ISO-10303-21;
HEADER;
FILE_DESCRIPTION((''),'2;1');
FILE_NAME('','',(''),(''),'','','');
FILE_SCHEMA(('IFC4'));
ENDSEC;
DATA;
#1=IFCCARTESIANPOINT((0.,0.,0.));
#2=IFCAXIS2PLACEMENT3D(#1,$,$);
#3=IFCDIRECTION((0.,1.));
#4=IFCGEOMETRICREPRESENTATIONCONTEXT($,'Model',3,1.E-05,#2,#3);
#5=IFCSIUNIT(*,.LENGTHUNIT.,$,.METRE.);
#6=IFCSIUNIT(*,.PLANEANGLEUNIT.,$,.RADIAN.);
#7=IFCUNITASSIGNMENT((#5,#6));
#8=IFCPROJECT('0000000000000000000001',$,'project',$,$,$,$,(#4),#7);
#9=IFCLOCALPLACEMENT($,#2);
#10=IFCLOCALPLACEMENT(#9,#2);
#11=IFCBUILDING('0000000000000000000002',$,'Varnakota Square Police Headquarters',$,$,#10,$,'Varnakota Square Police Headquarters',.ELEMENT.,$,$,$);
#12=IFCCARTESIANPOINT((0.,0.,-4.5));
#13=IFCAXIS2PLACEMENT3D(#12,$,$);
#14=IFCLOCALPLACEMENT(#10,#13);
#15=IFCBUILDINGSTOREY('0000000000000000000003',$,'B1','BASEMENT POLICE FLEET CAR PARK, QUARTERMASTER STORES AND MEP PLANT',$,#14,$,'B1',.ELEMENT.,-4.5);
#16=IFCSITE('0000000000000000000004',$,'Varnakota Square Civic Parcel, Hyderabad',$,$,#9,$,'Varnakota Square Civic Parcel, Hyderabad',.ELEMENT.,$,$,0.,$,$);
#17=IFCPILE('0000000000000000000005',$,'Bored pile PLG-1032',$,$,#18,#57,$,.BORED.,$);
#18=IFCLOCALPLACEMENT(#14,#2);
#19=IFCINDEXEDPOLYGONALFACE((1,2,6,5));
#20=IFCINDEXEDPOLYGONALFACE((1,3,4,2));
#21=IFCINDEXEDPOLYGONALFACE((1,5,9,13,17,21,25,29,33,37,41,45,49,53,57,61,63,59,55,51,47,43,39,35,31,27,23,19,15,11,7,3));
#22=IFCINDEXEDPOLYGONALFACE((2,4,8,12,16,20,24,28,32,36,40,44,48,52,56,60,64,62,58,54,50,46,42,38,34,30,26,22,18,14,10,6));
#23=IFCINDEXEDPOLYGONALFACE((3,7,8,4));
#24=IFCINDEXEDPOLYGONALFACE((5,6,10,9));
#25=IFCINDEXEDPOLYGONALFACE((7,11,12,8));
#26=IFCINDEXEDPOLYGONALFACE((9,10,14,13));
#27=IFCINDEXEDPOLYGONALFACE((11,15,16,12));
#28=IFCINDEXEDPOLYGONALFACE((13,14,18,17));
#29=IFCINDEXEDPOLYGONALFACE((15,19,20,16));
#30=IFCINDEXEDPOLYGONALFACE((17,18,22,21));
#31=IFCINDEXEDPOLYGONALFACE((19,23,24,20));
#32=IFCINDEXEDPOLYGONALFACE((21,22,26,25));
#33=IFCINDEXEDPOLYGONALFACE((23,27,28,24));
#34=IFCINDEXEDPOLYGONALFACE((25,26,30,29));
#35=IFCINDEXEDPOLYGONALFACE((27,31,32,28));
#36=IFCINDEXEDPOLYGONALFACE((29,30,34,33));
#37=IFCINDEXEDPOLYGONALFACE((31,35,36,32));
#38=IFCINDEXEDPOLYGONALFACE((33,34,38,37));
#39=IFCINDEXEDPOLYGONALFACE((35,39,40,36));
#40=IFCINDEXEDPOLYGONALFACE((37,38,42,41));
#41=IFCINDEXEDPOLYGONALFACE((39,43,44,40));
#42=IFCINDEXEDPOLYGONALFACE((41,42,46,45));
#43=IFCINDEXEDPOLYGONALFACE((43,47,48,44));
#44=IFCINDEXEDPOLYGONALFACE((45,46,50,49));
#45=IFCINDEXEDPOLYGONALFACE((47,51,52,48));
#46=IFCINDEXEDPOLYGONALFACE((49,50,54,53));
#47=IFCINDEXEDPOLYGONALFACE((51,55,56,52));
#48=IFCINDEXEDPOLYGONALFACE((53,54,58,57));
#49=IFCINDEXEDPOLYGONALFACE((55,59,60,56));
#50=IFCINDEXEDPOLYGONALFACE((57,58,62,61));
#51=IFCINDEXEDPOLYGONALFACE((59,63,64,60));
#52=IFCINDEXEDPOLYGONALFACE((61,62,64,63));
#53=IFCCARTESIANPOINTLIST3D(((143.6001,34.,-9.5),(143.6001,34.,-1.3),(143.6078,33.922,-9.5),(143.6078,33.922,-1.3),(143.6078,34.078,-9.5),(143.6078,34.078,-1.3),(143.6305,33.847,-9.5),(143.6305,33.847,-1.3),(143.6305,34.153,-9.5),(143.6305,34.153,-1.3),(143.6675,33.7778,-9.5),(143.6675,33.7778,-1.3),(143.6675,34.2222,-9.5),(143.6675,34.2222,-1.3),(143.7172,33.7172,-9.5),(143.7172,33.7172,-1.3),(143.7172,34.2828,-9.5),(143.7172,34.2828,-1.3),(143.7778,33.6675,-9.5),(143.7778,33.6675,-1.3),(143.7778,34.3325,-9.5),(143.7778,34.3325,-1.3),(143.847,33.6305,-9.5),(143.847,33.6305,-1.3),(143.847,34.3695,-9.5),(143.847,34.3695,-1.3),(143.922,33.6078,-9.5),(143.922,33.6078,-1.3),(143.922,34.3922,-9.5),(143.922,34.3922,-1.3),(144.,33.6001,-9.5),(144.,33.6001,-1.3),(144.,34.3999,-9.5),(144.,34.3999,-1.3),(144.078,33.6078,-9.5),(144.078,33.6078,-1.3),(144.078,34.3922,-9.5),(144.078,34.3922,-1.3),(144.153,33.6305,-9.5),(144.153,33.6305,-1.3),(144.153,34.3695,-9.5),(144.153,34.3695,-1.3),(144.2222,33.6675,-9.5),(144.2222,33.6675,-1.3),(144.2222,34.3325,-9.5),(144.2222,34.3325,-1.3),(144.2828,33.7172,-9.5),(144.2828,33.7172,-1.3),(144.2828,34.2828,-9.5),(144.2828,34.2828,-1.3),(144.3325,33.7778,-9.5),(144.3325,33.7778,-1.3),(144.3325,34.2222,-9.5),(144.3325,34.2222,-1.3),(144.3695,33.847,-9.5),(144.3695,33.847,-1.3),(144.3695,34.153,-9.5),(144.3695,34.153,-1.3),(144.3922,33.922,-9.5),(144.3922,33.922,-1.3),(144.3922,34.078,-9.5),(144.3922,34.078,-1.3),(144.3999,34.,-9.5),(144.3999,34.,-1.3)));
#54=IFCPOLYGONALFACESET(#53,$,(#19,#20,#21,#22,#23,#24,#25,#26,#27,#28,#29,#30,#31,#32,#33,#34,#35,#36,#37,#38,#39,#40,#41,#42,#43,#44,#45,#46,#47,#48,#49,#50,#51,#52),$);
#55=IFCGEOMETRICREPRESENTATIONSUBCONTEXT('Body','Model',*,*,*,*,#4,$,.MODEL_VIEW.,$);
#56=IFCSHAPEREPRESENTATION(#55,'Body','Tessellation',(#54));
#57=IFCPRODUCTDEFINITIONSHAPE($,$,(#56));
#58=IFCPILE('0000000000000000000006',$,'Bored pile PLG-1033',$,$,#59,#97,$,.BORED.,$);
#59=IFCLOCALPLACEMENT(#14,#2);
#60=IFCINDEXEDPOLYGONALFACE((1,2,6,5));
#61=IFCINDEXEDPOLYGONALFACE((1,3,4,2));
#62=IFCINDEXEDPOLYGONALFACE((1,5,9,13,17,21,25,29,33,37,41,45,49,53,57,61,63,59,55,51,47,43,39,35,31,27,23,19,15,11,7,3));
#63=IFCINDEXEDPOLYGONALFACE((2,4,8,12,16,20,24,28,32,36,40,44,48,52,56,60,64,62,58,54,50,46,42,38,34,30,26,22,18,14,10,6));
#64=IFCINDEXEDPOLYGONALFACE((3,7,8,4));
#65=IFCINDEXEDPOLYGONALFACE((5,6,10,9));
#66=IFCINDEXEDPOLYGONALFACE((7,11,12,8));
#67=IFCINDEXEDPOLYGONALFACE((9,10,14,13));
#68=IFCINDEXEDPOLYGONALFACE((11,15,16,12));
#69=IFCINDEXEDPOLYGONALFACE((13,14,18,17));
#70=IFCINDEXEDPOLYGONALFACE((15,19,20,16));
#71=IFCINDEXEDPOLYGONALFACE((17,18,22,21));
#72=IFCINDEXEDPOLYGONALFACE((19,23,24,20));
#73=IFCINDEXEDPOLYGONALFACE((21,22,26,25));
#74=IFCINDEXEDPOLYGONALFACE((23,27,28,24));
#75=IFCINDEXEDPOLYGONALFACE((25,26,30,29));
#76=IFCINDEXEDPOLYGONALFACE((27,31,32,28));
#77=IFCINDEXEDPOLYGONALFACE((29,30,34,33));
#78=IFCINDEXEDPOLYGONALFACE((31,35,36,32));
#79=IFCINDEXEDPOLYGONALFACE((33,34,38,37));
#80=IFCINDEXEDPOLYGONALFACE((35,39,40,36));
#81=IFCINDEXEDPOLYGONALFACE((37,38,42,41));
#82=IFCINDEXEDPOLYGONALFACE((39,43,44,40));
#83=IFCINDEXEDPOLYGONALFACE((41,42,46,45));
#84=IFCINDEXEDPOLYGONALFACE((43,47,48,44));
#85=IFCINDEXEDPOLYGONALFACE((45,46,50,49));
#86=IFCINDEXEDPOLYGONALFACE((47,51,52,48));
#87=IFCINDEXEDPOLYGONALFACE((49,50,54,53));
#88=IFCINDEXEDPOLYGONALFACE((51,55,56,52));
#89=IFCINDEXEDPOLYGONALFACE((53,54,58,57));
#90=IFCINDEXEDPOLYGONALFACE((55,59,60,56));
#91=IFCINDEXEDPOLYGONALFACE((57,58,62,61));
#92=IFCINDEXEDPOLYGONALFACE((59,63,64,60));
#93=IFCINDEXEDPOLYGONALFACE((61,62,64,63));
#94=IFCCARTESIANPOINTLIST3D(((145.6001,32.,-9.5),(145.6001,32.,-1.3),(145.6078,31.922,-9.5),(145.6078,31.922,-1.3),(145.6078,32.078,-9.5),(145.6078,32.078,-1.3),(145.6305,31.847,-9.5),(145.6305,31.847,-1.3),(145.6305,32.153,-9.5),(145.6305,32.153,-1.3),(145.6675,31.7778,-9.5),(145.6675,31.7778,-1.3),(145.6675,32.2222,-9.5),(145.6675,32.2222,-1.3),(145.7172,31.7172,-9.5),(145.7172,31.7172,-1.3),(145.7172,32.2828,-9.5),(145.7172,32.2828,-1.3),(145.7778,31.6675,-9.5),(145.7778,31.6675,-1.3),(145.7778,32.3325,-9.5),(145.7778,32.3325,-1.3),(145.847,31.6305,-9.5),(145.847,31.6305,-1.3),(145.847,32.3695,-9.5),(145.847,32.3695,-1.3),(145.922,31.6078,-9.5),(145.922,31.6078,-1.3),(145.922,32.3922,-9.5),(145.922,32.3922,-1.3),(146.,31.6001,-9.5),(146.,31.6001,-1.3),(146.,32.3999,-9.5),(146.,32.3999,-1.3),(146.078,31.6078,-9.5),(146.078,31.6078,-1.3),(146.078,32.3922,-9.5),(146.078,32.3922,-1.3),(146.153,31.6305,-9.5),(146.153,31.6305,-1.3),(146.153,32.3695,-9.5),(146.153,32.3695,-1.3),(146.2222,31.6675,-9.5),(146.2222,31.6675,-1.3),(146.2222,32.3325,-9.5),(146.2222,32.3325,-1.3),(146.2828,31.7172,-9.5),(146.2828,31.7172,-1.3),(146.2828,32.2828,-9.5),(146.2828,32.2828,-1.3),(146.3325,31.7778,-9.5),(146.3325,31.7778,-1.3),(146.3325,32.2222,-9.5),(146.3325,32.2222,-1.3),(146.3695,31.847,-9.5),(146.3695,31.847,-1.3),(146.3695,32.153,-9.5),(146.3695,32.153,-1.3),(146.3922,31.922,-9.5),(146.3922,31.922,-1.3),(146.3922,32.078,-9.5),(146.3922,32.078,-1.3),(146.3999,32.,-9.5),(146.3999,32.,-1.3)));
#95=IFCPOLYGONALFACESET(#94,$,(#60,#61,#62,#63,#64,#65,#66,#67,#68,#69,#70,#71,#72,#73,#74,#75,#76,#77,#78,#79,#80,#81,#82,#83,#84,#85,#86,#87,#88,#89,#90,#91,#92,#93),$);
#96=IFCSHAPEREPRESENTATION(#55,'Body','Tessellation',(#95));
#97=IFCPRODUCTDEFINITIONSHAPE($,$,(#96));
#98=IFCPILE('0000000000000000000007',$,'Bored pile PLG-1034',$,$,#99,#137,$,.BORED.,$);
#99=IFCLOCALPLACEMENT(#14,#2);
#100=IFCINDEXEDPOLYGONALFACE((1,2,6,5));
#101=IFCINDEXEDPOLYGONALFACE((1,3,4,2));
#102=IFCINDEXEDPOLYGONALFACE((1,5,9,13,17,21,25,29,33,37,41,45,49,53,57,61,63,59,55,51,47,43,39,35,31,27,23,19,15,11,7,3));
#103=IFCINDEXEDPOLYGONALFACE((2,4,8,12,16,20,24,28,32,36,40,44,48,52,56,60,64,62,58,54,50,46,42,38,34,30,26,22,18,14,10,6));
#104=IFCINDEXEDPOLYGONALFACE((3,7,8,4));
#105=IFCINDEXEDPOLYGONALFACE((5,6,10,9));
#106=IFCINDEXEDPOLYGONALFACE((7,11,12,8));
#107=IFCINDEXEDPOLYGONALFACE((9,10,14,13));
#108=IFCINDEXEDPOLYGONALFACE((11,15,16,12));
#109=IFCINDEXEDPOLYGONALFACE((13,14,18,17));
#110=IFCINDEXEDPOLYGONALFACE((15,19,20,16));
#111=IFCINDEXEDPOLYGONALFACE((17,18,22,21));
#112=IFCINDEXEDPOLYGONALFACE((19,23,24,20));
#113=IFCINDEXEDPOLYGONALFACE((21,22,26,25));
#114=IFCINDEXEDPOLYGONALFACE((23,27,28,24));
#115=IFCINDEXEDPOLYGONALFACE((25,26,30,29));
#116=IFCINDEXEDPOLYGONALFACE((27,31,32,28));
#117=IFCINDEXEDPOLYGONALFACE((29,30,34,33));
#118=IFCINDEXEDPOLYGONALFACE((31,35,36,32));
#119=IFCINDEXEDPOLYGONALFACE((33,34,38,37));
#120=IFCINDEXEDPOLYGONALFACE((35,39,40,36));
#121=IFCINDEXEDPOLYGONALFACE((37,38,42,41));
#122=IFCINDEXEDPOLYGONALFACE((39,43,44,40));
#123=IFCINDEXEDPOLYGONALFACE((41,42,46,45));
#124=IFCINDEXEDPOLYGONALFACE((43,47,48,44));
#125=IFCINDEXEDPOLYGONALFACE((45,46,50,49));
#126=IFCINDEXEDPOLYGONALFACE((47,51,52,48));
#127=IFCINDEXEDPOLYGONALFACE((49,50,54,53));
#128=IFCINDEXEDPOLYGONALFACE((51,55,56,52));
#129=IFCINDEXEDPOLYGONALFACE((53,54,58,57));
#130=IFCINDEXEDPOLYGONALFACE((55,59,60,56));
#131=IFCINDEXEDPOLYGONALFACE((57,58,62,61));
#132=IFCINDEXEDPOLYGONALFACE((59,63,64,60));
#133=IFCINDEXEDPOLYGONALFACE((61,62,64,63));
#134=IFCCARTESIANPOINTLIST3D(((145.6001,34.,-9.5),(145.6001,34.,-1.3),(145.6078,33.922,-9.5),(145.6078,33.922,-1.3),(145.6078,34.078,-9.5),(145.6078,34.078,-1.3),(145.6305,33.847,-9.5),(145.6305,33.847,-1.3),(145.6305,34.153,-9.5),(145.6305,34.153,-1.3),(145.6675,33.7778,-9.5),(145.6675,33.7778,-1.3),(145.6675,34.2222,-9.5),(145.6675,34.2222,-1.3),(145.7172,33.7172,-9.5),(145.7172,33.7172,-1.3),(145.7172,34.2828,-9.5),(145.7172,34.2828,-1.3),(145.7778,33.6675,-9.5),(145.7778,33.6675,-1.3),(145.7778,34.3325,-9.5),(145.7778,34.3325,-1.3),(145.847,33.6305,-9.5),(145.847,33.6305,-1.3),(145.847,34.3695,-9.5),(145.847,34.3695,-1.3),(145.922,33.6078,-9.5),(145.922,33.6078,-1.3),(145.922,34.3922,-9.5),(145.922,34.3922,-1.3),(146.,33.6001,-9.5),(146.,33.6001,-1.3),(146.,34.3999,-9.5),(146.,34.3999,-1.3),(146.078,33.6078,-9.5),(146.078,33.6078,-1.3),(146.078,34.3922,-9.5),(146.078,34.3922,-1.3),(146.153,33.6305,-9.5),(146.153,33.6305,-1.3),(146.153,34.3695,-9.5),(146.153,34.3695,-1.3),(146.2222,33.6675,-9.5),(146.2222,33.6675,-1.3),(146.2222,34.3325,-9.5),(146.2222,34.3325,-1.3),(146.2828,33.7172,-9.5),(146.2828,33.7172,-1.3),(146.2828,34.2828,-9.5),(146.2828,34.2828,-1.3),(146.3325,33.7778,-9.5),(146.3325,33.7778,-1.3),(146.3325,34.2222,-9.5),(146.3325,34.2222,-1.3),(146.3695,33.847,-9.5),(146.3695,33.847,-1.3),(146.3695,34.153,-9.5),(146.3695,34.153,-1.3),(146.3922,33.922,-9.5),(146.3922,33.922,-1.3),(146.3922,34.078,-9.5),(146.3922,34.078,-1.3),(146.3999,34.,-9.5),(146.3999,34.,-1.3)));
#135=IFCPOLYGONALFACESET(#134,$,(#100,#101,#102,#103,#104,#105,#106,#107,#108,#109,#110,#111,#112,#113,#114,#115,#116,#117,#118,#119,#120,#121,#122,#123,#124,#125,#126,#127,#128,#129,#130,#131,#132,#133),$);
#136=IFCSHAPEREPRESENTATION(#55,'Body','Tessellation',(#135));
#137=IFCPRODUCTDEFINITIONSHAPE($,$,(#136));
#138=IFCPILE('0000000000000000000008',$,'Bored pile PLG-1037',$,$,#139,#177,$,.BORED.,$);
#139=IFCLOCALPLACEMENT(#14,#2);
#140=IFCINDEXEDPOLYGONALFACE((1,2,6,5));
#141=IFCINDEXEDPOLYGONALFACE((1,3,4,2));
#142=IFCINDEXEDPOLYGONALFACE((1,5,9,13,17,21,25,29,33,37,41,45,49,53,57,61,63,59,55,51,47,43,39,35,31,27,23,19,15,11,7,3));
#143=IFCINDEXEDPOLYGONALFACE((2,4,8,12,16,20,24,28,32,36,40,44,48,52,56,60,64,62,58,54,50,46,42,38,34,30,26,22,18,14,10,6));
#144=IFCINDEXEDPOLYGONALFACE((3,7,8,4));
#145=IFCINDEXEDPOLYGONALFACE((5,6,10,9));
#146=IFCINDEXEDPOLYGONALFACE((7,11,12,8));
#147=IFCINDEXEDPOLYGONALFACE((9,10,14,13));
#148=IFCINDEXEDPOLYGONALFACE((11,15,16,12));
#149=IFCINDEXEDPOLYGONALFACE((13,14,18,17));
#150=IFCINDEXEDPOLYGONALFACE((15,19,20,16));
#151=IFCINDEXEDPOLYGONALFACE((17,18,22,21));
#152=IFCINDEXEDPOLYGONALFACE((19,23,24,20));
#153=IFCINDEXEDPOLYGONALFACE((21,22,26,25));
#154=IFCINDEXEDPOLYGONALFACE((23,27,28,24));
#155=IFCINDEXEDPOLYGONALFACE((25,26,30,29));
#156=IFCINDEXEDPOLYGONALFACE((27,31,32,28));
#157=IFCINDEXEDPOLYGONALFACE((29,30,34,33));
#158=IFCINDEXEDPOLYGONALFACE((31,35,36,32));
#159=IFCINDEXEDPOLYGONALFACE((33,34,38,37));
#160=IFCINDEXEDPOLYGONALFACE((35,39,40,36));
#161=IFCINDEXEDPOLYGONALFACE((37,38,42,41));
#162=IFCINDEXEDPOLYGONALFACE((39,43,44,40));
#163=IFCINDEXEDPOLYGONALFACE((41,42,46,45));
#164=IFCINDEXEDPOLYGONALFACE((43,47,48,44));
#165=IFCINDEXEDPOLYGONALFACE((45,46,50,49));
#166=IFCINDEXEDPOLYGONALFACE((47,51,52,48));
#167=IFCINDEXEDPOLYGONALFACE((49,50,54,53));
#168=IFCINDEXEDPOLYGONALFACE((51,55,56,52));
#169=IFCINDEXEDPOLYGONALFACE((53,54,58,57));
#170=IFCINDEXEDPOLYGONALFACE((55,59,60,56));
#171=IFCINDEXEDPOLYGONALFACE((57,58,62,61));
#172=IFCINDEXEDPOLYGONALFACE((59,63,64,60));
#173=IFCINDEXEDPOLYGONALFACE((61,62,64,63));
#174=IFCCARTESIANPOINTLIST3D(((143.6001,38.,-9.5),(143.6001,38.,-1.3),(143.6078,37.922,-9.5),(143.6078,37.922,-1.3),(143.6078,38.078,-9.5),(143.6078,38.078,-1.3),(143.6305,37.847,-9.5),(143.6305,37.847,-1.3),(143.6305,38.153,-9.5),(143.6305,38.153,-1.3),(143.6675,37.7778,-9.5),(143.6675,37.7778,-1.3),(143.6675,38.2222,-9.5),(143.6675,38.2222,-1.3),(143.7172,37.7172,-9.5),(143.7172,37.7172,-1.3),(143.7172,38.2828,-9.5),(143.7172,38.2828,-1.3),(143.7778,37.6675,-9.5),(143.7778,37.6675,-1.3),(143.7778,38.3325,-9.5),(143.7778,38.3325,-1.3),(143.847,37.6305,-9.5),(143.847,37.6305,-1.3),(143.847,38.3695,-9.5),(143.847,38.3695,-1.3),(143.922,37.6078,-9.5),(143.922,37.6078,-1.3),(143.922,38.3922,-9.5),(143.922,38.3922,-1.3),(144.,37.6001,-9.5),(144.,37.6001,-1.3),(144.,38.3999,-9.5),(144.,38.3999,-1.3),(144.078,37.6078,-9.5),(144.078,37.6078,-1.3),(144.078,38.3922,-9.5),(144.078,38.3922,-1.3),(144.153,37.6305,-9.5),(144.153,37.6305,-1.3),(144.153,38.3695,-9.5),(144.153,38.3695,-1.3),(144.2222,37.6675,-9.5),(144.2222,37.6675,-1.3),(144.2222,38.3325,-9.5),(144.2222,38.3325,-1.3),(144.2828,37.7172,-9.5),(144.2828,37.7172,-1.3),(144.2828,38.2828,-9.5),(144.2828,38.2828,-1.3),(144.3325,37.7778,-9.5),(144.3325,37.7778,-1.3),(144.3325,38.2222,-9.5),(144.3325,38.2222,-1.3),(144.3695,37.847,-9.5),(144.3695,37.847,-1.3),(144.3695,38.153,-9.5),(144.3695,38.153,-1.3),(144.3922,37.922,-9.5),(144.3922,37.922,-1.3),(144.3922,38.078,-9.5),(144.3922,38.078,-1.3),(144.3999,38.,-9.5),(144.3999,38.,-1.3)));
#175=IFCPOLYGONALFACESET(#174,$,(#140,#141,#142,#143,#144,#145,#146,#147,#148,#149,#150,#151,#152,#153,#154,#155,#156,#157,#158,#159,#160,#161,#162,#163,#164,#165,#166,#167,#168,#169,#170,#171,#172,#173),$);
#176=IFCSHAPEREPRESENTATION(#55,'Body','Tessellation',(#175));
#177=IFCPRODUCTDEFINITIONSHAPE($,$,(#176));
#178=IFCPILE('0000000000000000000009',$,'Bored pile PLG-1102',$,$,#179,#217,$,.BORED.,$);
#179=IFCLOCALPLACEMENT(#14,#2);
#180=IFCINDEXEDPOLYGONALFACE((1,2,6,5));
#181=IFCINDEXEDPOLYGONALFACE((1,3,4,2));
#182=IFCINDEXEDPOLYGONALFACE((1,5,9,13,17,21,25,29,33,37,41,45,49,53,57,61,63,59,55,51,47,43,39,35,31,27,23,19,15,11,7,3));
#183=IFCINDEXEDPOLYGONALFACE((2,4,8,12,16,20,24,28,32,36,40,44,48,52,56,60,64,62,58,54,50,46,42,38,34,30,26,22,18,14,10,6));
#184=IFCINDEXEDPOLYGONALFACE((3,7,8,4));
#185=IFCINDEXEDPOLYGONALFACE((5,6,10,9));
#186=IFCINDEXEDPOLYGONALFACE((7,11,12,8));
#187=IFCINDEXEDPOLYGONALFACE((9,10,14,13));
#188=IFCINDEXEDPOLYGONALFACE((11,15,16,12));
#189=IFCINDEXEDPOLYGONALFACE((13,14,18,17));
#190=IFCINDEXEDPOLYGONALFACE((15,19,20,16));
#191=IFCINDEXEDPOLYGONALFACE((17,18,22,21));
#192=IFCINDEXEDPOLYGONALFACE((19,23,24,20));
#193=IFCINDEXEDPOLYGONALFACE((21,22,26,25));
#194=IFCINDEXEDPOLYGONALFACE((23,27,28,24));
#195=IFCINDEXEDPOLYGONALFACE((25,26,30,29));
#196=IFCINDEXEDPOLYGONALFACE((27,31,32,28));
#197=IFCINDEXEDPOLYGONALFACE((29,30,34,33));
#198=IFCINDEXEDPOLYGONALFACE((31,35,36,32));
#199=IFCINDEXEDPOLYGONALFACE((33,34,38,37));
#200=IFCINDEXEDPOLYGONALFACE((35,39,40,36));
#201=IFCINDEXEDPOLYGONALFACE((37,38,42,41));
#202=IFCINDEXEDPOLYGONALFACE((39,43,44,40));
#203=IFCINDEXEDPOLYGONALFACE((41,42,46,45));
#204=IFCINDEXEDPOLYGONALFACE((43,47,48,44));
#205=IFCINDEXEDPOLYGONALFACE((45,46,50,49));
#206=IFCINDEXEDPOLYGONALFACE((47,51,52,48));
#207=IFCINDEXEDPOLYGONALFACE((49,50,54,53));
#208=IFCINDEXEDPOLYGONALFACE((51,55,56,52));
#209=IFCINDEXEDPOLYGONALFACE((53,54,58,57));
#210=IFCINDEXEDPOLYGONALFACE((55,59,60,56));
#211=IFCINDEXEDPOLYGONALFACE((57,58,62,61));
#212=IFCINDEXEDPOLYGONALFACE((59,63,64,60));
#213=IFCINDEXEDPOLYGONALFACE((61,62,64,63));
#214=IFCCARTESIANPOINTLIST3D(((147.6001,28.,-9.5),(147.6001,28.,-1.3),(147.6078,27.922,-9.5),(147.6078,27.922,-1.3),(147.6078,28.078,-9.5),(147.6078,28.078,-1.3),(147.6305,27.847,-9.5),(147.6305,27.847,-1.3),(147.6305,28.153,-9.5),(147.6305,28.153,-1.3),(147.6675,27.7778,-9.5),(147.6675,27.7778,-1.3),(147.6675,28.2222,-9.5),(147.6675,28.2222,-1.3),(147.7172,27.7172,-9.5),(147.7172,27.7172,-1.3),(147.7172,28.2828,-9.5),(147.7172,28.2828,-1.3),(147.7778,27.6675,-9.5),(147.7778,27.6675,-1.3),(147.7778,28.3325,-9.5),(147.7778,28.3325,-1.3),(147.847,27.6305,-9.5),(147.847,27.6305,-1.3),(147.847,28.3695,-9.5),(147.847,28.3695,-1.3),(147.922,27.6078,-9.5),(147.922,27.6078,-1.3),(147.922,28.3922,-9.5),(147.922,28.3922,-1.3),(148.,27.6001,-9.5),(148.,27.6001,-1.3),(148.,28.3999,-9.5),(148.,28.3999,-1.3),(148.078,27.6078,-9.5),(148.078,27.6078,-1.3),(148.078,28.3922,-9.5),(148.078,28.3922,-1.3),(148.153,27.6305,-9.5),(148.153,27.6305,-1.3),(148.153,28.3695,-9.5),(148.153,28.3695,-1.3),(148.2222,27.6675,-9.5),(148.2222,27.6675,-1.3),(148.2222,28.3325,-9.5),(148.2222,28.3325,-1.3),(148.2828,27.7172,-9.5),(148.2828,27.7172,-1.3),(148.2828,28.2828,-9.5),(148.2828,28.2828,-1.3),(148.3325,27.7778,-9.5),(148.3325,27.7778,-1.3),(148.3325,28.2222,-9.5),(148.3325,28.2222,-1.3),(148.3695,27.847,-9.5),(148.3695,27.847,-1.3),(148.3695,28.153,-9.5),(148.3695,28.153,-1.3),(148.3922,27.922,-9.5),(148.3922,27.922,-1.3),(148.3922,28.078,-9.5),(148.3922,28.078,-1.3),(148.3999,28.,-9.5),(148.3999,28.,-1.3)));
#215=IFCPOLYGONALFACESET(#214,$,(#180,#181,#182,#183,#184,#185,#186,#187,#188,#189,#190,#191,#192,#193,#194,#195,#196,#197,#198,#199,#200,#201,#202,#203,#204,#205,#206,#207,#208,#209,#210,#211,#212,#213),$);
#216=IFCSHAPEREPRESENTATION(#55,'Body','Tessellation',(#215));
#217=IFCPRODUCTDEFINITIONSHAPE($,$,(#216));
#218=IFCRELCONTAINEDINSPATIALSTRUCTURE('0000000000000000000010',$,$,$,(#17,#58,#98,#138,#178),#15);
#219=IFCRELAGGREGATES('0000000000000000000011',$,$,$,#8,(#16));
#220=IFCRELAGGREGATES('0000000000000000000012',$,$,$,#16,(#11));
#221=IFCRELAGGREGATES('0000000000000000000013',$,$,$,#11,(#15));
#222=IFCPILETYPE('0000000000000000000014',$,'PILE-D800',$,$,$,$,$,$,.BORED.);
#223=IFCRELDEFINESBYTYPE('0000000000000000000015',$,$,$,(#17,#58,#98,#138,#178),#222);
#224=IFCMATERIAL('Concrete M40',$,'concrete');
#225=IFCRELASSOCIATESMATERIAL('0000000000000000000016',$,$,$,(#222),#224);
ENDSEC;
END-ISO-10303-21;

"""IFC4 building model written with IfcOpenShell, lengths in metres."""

from ifc_helpers import new_model, si_unit, direction, frame, origin, origin_2d, place, context, subcontext, project, spatial, circle, extrude, material, material_profile, profile_set, type_object, element, save


model = new_model("IFC4")

# Units and contexts
model_context = context("Model", 3, precision=1e-05, world=origin(), true_north=direction((0.0, 1.0)))
body_context = subcontext(model_context, "Body", "Model", "MODEL_VIEW")
ifc_project = project(units=[si_unit("LENGTHUNIT", "METRE"), si_unit("PLANEANGLEUNIT", "RADIAN")], contexts=[model_context])

# Site, building, storey
site_placement = place(None, origin())
site = spatial("IfcSite", under=ifc_project, at=site_placement, Name="Varnakota Square Civic Parcel, Hyderabad", LongName="Varnakota Square Civic Parcel, Hyderabad", CompositionType="ELEMENT", RefElevation=0.0)
building_placement = place(site_placement, origin())
building = spatial("IfcBuilding", under=site, at=building_placement, Name="Varnakota Square Police Headquarters", LongName="Varnakota Square Police Headquarters", CompositionType="ELEMENT")
storey_placement = place(building_placement, frame((0.0, 0.0, -4.5)))
storey = spatial("IfcBuildingStorey", under=building, at=storey_placement, Name="B1", Description="BASEMENT POLICE FLEET CAR PARK, QUARTERMASTER STORES AND MEP PLANT", LongName="B1", CompositionType="ELEMENT", Elevation=-4.5)

# Shared definitions
ifc_material_1 = material(Name="Concrete M40", Category="concrete")

# Piles
ifc_material_profile_1 = material_profile(ifc_material_1, circle(Radius=0.3999, at=origin_2d()), Name="BORED PILE 800")
ifc_profile_set_1 = profile_set([ifc_material_profile_1], Name="Concrete M40")
pile_type = type_object("IfcPileType", Name="PILE-D800", PredefinedType="BORED", material=ifc_profile_set_1)
for number, where, z_axis, x_axis, name in (
    (1, (144.0, 34.0, -1.3), (0.0, 0.0, -1.0), (1.0, 0.0, 0.0), "Bored pile PLG-1032"),
    (2, (146.0, 32.0, -1.3), (0.0, 0.0, -1.0), (1.0, 0.0, 0.0), "Bored pile PLG-1033"),
    (3, (146.0, 34.0, -1.3), (0.0, 0.0, -1.0), (1.0, 0.0, 0.0), "Bored pile PLG-1034"),
    (4, (144.0, 38.0, -1.3), (0.0, 0.0, -1.0), (1.0, 0.0, 0.0), "Bored pile PLG-1037"),
    (5, (148.0, 28.0, -1.3), (0.0, 0.0, -1.0), (1.0, 0.0, 0.0), "Bored pile PLG-1102"),
):
    element("IfcPile", number, at=place(storey_placement, frame(where, z_axis=z_axis, x_axis=x_axis)), inside=storey, type_object=pile_type, Name=name, PredefinedType="BORED", context=body_context, shape_type="SweptSolid", body=[
        extrude(circle(Radius=0.3999, at=origin_2d()), origin(), (0.0, 0.0, 1.0), 8.2),
    ])

save(model, "model.ifc")
